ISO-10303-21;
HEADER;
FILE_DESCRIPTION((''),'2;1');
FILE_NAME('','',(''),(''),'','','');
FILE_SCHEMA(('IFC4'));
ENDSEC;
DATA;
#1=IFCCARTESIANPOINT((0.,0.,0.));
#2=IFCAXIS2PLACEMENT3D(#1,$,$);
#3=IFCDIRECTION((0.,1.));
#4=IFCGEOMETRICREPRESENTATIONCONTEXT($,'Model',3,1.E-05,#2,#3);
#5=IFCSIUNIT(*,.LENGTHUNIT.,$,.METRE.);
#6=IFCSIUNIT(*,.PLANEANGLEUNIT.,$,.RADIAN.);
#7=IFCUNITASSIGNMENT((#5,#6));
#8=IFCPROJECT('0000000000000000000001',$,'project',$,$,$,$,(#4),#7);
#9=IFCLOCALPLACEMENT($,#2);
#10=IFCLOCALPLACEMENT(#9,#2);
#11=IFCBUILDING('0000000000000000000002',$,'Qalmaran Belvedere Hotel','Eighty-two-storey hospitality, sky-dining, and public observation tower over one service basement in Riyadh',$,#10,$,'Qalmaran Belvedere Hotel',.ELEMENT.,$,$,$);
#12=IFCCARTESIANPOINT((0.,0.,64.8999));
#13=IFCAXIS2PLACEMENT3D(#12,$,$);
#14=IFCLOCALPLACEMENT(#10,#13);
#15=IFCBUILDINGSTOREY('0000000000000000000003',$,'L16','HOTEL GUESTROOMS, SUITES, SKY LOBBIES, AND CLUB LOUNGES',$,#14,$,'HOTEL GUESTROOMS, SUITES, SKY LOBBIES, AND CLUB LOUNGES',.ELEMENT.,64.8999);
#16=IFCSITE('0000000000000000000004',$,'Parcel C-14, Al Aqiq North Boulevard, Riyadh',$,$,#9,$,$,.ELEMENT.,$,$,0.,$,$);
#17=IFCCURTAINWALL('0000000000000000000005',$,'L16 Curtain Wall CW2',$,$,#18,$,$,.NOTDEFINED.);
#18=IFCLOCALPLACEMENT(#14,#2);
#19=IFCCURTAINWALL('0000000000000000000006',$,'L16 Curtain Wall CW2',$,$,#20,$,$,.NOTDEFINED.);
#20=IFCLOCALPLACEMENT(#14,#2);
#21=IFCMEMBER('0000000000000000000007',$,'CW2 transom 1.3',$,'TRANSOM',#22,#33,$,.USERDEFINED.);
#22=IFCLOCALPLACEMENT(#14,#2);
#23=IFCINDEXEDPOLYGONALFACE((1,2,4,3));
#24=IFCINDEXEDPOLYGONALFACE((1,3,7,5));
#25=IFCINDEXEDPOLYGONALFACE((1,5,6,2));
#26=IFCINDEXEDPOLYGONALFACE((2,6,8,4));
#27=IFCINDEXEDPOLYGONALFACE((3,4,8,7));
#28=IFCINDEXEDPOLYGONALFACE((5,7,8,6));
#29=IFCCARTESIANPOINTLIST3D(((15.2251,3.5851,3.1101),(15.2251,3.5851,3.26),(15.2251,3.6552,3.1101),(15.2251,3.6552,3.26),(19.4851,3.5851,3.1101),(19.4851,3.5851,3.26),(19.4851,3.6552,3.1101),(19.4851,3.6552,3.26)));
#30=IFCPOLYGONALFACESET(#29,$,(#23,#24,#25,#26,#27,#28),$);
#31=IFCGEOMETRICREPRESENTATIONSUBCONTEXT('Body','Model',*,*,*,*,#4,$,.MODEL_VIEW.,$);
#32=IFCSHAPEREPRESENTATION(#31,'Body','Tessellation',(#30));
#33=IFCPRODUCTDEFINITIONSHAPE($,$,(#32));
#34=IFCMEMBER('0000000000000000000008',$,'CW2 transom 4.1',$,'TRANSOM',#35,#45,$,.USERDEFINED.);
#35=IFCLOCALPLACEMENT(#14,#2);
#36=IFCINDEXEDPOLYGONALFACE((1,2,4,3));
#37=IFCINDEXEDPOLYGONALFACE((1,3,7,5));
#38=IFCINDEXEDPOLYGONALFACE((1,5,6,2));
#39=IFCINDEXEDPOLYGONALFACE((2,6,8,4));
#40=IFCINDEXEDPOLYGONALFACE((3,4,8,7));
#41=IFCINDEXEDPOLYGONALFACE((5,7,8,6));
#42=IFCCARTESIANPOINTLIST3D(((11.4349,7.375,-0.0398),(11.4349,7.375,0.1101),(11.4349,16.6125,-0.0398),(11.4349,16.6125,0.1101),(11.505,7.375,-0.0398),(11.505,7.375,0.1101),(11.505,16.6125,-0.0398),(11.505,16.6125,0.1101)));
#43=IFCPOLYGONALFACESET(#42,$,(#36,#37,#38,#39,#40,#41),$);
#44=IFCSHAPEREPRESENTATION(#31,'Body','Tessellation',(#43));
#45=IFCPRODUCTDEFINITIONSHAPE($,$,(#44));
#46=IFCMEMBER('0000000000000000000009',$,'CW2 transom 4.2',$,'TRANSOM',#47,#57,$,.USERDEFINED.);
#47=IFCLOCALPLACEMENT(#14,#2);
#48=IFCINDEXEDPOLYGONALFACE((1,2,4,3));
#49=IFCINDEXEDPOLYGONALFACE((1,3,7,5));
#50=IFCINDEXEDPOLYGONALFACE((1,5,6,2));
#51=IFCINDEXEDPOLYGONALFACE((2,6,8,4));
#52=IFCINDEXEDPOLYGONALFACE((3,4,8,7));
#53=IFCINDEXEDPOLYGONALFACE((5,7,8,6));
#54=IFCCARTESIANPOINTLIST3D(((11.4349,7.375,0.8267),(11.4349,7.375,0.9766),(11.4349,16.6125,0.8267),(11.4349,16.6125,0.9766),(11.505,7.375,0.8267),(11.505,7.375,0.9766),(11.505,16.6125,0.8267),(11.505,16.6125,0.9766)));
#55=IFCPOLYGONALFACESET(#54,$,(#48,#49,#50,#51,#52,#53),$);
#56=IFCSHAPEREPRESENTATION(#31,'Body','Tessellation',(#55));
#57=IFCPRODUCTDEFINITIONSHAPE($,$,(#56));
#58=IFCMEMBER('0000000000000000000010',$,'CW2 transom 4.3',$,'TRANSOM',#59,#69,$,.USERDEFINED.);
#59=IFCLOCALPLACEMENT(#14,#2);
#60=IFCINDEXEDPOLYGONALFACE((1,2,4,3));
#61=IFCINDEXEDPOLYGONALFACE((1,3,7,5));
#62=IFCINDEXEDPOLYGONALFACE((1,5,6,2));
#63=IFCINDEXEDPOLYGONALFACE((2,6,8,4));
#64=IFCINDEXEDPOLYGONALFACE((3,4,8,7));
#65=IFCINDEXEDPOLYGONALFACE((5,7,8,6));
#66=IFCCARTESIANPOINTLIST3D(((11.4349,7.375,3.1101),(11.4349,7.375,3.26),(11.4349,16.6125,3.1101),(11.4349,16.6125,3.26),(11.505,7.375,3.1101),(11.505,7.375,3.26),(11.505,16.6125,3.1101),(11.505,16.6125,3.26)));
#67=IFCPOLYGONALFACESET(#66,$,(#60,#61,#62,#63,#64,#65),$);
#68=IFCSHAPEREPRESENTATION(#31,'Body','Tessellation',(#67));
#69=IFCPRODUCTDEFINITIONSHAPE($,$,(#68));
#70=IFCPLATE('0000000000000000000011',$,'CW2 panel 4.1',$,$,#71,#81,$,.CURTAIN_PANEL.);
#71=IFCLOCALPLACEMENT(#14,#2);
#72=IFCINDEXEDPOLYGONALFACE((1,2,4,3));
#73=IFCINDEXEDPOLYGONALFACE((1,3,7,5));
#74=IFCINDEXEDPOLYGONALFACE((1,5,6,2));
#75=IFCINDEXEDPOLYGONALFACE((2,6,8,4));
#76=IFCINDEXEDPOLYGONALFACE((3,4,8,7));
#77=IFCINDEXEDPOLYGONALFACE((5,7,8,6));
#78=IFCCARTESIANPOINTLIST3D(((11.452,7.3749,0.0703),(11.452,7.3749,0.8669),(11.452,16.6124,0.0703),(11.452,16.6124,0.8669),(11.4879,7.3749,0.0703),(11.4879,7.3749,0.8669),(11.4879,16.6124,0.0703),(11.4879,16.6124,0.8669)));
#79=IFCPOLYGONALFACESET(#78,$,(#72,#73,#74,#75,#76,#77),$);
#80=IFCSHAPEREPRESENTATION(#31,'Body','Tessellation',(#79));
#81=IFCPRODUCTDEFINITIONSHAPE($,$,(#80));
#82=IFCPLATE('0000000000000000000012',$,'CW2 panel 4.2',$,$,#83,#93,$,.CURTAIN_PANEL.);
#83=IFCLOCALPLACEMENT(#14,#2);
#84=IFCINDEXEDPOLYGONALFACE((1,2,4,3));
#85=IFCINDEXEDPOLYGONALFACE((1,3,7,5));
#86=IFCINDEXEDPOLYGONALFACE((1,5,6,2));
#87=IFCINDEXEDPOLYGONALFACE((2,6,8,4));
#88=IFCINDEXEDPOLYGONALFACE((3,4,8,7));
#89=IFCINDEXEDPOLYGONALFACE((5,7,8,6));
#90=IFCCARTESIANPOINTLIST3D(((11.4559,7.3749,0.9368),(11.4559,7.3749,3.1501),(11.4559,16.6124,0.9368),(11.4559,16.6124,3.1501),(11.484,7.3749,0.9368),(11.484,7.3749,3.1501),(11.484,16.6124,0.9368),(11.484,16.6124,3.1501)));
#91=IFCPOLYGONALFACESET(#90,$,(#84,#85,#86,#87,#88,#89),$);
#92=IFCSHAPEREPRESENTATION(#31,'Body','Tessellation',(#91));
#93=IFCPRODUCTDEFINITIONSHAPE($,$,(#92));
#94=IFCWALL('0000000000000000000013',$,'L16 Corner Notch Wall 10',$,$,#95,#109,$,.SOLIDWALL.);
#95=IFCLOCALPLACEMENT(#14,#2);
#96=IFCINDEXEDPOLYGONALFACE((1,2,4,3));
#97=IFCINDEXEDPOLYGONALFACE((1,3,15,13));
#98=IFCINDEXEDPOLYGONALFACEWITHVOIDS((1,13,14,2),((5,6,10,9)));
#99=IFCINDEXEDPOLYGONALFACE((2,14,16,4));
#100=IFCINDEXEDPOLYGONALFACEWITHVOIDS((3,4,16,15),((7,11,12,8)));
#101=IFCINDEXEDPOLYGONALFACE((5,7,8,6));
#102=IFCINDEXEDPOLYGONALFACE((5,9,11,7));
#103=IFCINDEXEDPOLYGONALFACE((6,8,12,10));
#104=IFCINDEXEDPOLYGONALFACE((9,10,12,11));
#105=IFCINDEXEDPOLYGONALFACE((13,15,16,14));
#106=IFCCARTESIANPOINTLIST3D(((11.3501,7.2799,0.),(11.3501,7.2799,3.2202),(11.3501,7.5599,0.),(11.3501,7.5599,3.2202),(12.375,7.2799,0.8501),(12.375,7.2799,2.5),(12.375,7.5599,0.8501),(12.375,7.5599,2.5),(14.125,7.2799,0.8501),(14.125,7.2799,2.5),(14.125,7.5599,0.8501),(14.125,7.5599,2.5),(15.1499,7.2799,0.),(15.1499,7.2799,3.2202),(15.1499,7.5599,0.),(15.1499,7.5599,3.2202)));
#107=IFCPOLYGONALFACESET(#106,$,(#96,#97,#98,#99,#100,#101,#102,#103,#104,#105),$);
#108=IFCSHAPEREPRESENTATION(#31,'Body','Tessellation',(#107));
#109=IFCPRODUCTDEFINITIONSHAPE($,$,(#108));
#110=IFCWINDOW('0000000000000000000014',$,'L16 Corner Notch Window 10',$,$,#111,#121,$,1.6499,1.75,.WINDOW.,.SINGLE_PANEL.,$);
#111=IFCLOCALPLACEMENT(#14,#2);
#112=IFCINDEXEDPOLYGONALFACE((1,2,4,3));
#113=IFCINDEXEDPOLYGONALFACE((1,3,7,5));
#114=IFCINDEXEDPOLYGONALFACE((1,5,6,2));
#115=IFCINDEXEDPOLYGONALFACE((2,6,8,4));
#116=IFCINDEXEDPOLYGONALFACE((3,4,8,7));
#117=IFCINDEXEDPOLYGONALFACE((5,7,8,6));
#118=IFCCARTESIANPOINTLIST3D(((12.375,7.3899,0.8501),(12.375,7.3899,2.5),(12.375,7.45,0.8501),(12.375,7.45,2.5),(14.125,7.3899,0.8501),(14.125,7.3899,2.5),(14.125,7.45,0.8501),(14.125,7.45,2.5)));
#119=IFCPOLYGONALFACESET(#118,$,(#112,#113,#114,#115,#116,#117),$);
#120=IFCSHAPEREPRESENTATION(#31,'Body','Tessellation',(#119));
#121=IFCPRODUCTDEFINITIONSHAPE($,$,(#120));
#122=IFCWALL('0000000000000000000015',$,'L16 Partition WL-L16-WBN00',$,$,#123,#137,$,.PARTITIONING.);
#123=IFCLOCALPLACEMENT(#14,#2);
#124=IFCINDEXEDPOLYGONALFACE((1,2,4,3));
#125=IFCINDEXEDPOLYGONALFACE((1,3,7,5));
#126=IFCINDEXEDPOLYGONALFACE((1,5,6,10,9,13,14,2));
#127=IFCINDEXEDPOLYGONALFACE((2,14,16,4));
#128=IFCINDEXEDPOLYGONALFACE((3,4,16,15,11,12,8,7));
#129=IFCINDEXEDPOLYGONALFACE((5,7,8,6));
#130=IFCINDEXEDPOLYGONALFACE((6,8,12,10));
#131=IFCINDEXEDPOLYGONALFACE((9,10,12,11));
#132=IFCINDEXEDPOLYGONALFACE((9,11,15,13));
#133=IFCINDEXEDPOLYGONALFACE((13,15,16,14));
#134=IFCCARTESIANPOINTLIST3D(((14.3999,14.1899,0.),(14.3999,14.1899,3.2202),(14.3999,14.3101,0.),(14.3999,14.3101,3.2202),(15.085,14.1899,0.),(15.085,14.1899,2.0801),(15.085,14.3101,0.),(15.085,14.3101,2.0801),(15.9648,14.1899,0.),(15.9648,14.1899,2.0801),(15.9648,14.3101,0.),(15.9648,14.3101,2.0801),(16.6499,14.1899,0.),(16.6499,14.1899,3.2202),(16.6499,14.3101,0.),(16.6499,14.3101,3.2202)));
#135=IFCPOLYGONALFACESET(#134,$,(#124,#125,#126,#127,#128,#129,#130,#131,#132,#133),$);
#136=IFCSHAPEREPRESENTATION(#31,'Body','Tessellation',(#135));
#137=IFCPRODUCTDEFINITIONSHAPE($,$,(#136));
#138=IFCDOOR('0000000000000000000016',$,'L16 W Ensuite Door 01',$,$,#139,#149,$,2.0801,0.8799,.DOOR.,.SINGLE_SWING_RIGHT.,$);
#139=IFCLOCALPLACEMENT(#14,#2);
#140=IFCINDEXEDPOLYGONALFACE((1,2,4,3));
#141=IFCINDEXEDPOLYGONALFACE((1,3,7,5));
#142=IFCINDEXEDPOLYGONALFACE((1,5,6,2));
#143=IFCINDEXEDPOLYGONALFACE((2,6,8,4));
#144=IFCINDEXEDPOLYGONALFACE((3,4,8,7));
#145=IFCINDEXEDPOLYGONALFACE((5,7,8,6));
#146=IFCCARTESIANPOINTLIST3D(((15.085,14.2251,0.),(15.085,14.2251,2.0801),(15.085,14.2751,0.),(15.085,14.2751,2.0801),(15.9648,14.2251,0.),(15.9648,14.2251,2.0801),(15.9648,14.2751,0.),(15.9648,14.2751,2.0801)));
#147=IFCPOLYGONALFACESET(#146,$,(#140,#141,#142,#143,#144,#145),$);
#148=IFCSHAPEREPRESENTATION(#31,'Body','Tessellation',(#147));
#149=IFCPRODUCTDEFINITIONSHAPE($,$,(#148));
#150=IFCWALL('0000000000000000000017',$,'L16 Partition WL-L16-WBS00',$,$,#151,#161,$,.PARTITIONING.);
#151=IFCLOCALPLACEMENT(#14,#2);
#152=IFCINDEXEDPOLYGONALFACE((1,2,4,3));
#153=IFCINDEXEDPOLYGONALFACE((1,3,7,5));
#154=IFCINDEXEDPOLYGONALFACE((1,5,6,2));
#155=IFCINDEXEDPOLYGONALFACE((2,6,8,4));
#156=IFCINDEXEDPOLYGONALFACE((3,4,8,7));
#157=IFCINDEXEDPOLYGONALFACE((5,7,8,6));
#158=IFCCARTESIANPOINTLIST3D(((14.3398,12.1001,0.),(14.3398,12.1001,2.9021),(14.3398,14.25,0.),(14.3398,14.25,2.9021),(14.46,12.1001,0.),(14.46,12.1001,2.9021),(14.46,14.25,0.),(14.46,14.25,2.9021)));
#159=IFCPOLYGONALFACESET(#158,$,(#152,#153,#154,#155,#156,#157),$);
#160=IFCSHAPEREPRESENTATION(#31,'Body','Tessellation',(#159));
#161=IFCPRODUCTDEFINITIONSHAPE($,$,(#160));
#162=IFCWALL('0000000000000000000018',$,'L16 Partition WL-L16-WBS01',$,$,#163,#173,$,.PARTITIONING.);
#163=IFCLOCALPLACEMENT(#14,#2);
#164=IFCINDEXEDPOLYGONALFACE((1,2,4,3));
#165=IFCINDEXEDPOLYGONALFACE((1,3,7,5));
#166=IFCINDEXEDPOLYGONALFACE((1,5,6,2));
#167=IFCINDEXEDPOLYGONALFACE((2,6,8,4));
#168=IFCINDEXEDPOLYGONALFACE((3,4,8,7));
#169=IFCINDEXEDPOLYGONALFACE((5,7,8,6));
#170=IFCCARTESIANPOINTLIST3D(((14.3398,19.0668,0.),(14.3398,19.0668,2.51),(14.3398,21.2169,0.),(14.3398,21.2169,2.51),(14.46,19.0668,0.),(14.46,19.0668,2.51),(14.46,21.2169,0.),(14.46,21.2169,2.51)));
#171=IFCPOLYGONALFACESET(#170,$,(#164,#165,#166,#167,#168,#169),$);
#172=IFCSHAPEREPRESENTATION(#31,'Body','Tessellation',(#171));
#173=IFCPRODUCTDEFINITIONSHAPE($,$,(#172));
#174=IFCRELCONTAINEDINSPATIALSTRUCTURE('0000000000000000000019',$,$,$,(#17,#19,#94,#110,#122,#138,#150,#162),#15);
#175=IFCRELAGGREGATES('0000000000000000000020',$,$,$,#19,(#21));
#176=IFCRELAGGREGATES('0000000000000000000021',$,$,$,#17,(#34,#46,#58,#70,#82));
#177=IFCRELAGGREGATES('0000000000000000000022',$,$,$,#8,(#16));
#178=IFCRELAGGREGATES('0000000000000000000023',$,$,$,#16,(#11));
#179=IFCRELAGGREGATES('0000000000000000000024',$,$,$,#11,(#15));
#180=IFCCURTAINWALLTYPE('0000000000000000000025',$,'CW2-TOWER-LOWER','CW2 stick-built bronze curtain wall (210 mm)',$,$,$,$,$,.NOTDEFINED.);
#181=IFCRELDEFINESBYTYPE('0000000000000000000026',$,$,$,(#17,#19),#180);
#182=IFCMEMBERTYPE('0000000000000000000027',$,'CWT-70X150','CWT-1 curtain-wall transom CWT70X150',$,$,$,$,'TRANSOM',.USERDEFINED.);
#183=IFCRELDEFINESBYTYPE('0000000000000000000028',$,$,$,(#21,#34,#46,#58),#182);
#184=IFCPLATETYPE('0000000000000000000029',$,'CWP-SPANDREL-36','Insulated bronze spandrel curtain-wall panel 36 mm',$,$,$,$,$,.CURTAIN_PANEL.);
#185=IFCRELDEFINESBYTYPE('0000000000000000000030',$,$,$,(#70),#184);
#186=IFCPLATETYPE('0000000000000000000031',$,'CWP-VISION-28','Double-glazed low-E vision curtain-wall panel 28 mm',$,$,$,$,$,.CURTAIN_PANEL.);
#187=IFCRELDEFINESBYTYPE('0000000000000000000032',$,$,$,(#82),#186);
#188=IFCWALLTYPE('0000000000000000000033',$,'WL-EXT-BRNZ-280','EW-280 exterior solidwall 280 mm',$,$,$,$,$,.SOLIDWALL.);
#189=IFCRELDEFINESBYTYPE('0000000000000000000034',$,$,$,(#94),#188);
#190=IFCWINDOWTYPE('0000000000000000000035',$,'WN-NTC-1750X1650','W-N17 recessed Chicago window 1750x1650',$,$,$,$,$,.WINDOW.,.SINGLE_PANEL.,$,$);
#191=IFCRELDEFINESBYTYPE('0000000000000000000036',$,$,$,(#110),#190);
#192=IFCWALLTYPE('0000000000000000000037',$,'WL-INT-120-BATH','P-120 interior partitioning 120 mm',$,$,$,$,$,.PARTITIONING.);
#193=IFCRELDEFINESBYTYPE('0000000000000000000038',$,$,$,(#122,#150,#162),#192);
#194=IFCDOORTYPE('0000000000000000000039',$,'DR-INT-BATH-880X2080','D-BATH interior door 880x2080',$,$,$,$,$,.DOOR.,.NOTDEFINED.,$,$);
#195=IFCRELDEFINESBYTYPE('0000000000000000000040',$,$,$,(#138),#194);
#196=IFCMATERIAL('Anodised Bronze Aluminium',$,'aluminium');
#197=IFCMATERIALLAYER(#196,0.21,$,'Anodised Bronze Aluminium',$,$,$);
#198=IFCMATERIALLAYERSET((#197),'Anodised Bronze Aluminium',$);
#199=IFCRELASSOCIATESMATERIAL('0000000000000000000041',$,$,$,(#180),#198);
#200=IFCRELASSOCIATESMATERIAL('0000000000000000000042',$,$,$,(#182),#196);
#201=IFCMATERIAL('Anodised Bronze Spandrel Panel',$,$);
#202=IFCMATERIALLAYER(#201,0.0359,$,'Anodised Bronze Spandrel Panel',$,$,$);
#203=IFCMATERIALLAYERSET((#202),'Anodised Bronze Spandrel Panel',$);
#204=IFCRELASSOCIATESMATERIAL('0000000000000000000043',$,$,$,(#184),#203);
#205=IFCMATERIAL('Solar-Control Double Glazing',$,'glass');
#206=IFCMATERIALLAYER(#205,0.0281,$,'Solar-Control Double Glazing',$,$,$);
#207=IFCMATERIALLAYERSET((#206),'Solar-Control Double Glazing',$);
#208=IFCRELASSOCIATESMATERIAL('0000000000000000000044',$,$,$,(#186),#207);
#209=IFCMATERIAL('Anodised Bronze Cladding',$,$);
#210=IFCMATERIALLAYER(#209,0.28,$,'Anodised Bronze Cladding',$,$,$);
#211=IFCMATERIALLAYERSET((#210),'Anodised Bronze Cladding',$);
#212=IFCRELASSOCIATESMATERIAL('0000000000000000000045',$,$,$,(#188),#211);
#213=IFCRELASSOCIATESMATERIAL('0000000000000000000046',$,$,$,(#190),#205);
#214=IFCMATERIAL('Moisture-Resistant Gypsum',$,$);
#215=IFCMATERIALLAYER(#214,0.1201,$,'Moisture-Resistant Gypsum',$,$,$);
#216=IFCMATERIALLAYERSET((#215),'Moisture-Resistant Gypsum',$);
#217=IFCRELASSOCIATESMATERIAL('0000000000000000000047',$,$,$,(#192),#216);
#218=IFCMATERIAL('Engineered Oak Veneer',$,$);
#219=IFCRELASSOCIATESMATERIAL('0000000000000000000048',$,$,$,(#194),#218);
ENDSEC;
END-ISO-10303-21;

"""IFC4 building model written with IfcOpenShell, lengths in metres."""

from ifc_helpers import new_model, si_unit, direction, frame, frame_2d, origin, origin_2d, place, context, subcontext, project, spatial, rectangle, extrude, material, layer, layer_set, material_profile, profile_set, type_object, element, fill, aggregate, save


model = new_model("IFC4")

# Units and contexts
model_context = context("Model", 3, precision=1e-05, world=origin(), true_north=direction((0.0, 1.0)))
body_context = subcontext(model_context, "Body", "Model", "MODEL_VIEW")
ifc_project = project(units=[si_unit("LENGTHUNIT", "METRE"), si_unit("PLANEANGLEUNIT", "RADIAN")], contexts=[model_context])

# Site, building, storey
site_placement = place(None, origin())
site = spatial("IfcSite", under=ifc_project, at=site_placement, Name="Parcel C-14, Al Aqiq North Boulevard, Riyadh", CompositionType="ELEMENT", RefElevation=0.0)
building_placement = place(site_placement, origin())
building = spatial("IfcBuilding", under=site, at=building_placement, Name="Qalmaran Belvedere Hotel", Description="Eighty-two-storey hospitality, sky-dining, and public observation tower over one service basement in Riyadh", LongName="Qalmaran Belvedere Hotel", CompositionType="ELEMENT")
storey_placement = place(building_placement, frame((0.0, 0.0, 64.8999)))
storey = spatial("IfcBuildingStorey", under=building, at=storey_placement, Name="L16", Description="HOTEL GUESTROOMS, SUITES, SKY LOBBIES, AND CLUB LOUNGES", LongName="HOTEL GUESTROOMS, SUITES, SKY LOBBIES, AND CLUB LOUNGES", CompositionType="ELEMENT", Elevation=64.8999)

# Curtain walls, member
ifc_material_1 = material(Name="Anodised Bronze Aluminium", Category="aluminium")
ifc_layer_1 = layer(ifc_material_1, 0.21, Name="Anodised Bronze Aluminium")
ifc_layer_set_1 = layer_set([ifc_layer_1], Name="Anodised Bronze Aluminium")
curtain_wall_type = type_object("IfcCurtainWallType", Name="CW2-TOWER-LOWER", Description="CW2 stick-built bronze curtain wall (210 mm)", PredefinedType="NOTDEFINED", material=ifc_layer_set_1)
curtain_wall_1_placement = place(storey_placement, origin())
curtain_wall_1 = element("IfcCurtainWall", 1, at=curtain_wall_1_placement, inside=storey, type_object=curtain_wall_type, Name="L16 Curtain Wall CW2", PredefinedType="NOTDEFINED")
curtain_wall_2_placement = place(storey_placement, origin())
curtain_wall_2 = element("IfcCurtainWall", 2, at=curtain_wall_2_placement, inside=storey, type_object=curtain_wall_type, Name="L16 Curtain Wall CW2", PredefinedType="NOTDEFINED")
ifc_material_profile_1 = material_profile(ifc_material_1, rectangle(XDim=0.0701, YDim=0.1499, at=origin_2d()), Name="CWT70X150")
ifc_profile_set_1 = profile_set([ifc_material_profile_1], Name="Anodised Bronze Aluminium")
member_type_1 = type_object("IfcMemberType", Name="CWT-70X150", Description="CWT-1 curtain-wall transom CWT70X150", ElementType="TRANSOM", PredefinedType="USERDEFINED", material=ifc_profile_set_1)
member_1_placement = place(storey_placement, frame((15.2251, 3.6201, 3.1851), z_axis=(1.0, 0.0, 0.0), x_axis=(0.0, 1.0, 0.0)))
member_1 = element("IfcMember", 3, at=member_1_placement, type_object=member_type_1, Name="CW2 transom 1.3", ObjectType="TRANSOM", PredefinedType="USERDEFINED", context=body_context, shape_type="SweptSolid", body=[
    extrude(rectangle(XDim=0.0701, YDim=0.1499, at=origin_2d()), origin(), (0.0, 0.0, 1.0), 4.26),
])
aggregate(curtain_wall_2, [member_1])

# Members
member_2_placement = place(storey_placement, frame((11.47, 16.6125, 0.0352), z_axis=(0.0, -1.0, 0.0), x_axis=(1.0, 0.0, 0.0)))
member_2 = element("IfcMember", 4, at=member_2_placement, type_object=member_type_1, Name="CW2 transom 4.1", ObjectType="TRANSOM", PredefinedType="USERDEFINED", context=body_context, shape_type="SweptSolid", body=[
    extrude(rectangle(XDim=0.0701, YDim=0.1499, at=origin_2d()), origin(), (0.0, 0.0, 1.0), 9.2375),
])
member_3_placement = place(storey_placement, frame((11.47, 16.6125, 0.9016), z_axis=(0.0, -1.0, 0.0), x_axis=(1.0, 0.0, 0.0)))
member_3 = element("IfcMember", 5, at=member_3_placement, type_object=member_type_1, Name="CW2 transom 4.2", ObjectType="TRANSOM", PredefinedType="USERDEFINED", context=body_context, shape_type="SweptSolid", body=[
    extrude(rectangle(XDim=0.0701, YDim=0.1499, at=origin_2d()), origin(), (0.0, 0.0, 1.0), 9.2375),
])
member_4_placement = place(storey_placement, frame((11.47, 16.6125, 3.1851), z_axis=(0.0, -1.0, 0.0), x_axis=(1.0, 0.0, 0.0)))
member_4 = element("IfcMember", 6, at=member_4_placement, type_object=member_type_1, Name="CW2 transom 4.3", ObjectType="TRANSOM", PredefinedType="USERDEFINED", context=body_context, shape_type="SweptSolid", body=[
    extrude(rectangle(XDim=0.0701, YDim=0.1499, at=origin_2d()), origin(), (0.0, 0.0, 1.0), 9.2375),
])

# Plates
ifc_material_2 = material(Name="Anodised Bronze Spandrel Panel")
ifc_layer_2 = layer(ifc_material_2, 0.0359, Name="Anodised Bronze Spandrel Panel")
ifc_layer_set_2 = layer_set([ifc_layer_2], Name="Anodised Bronze Spandrel Panel")
plate_type_1 = type_object("IfcPlateType", Name="CWP-SPANDREL-36", Description="Insulated bronze spandrel curtain-wall panel 36 mm", PredefinedType="CURTAIN_PANEL", material=ifc_layer_set_2)
plate_1_placement = place(storey_placement, frame((11.47, 11.9937, 0.0703), z_axis=(0.0, 0.0, 1.0), x_axis=(0.0, -1.0, 0.0)))
plate_1 = element("IfcPlate", 7, at=plate_1_placement, type_object=plate_type_1, Name="CW2 panel 4.1", PredefinedType="CURTAIN_PANEL", context=body_context, shape_type="SweptSolid", body=[
    extrude(rectangle(XDim=9.2375, YDim=0.0359, at=origin_2d()), origin(), (0.0, 0.0, 1.0), 0.7966),
])
ifc_material_3 = material(Name="Solar-Control Double Glazing", Category="glass")
ifc_layer_3 = layer(ifc_material_3, 0.0281, Name="Solar-Control Double Glazing")
ifc_layer_set_3 = layer_set([ifc_layer_3], Name="Solar-Control Double Glazing")
plate_type_2 = type_object("IfcPlateType", Name="CWP-VISION-28", Description="Double-glazed low-E vision curtain-wall panel 28 mm", PredefinedType="CURTAIN_PANEL", material=ifc_layer_set_3)
plate_2_placement = place(storey_placement, frame((11.47, 11.9937, 0.9368), z_axis=(0.0, 0.0, 1.0), x_axis=(0.0, -1.0, 0.0)))
plate_2 = element("IfcPlate", 8, at=plate_2_placement, type_object=plate_type_2, Name="CW2 panel 4.2", PredefinedType="CURTAIN_PANEL", context=body_context, shape_type="SweptSolid", body=[
    extrude(rectangle(XDim=9.2375, YDim=0.0281, at=origin_2d()), origin(), (0.0, 0.0, 1.0), 2.2134),
])
aggregate(curtain_wall_1, [member_2, member_3, member_4, plate_1, plate_2])

# Wall, opening, window
ifc_material_4 = material(Name="Anodised Bronze Cladding")
ifc_layer_4 = layer(ifc_material_4, 0.28, Name="Anodised Bronze Cladding")
ifc_layer_set_4 = layer_set([ifc_layer_4], Name="Anodised Bronze Cladding")
wall_type_1 = type_object("IfcWallType", Name="WL-EXT-BRNZ-280", Description="EW-280 exterior solidwall 280 mm", PredefinedType="SOLIDWALL", material=ifc_layer_set_4)
wall_1_placement = place(storey_placement, frame((11.3501, 7.4199, 0.0), z_axis=(0.0, 0.0, 1.0), x_axis=(1.0, 0.0, 0.0)))
wall_1 = element("IfcWall", 9, at=wall_1_placement, inside=storey, type_object=wall_type_1, Name="L16 Corner Notch Wall 10", PredefinedType="SOLIDWALL", context=body_context, shape_type="SweptSolid", body=[
    extrude(rectangle(XDim=3.7998, YDim=0.28, at=frame_2d((1.8999, 0.0))), origin(), (0.0, 0.0, 1.0), 3.2202),
])
opening_1_placement = place(wall_1_placement, frame((1.0249, 0.0, 0.8501)))
opening_1 = element("IfcOpeningElement", 10, at=opening_1_placement, cuts=wall_1, PredefinedType="OPENING", context=body_context, shape_type="SweptSolid", body=[
    extrude(rectangle(XDim=1.75, YDim=1.6499, at=frame_2d((0.875, 0.825))), frame((0.0, 0.1499, 0.0), z_axis=(0.0, -1.0, 0.0), x_axis=(1.0, 0.0, 0.0)), (0.0, 0.0, 1.0), 0.3),
])
window_type = type_object("IfcWindowType", Name="WN-NTC-1750X1650", Description="W-N17 recessed Chicago window 1750x1650", PartitioningType="SINGLE_PANEL", PredefinedType="WINDOW", material=ifc_material_3)
window_placement = place(opening_1_placement, origin())
window = element("IfcWindow", 11, at=window_placement, inside=storey, type_object=window_type, Name="L16 Corner Notch Window 10", OverallHeight=1.6499, OverallWidth=1.75, PartitioningType="SINGLE_PANEL", PredefinedType="WINDOW", context=body_context, shape_type="SweptSolid", body=[
    extrude(rectangle(XDim=1.75, YDim=1.6499, at=frame_2d((0.875, 0.825))), frame((0.0, 0.03, 0.0), z_axis=(0.0, -1.0, 0.0), x_axis=(1.0, 0.0, 0.0)), (0.0, 0.0, 1.0), 0.0601),
])
fill(opening_1, window)

# Wall, opening, door
ifc_material_5 = material(Name="Moisture-Resistant Gypsum")
ifc_layer_5 = layer(ifc_material_5, 0.1201, Name="Moisture-Resistant Gypsum")
ifc_layer_set_5 = layer_set([ifc_layer_5], Name="Moisture-Resistant Gypsum")
wall_type_2 = type_object("IfcWallType", Name="WL-INT-120-BATH", Description="P-120 interior partitioning 120 mm", PredefinedType="PARTITIONING", material=ifc_layer_set_5)
wall_2_placement = place(storey_placement, frame((14.3999, 14.25, 0.0), z_axis=(0.0, 0.0, 1.0), x_axis=(1.0, 0.0, 0.0)))
wall_2 = element("IfcWall", 12, at=wall_2_placement, inside=storey, type_object=wall_type_2, Name="L16 Partition WL-L16-WBN00", PredefinedType="PARTITIONING", context=body_context, shape_type="SweptSolid", body=[
    extrude(rectangle(XDim=2.25, YDim=0.1201, at=frame_2d((1.125, 0.0))), origin(), (0.0, 0.0, 1.0), 3.2202),
])
opening_2_placement = place(wall_2_placement, frame((1.5649, 0.0, 0.0), z_axis=(0.0, 0.0, 1.0), x_axis=(-1.0, 0.0, 0.0)))
opening_2 = element("IfcOpeningElement", 13, at=opening_2_placement, cuts=wall_2, PredefinedType="OPENING", context=body_context, shape_type="SweptSolid", body=[
    extrude(rectangle(XDim=0.8799, YDim=2.0801, at=frame_2d((0.4399, 1.04))), frame((0.0, 0.0701, 0.0), z_axis=(0.0, -1.0, 0.0), x_axis=(1.0, 0.0, 0.0)), (0.0, 0.0, 1.0), 0.1401),
])
ifc_material_6 = material(Name="Engineered Oak Veneer")
door_type = type_object("IfcDoorType", Name="DR-INT-BATH-880X2080", Description="D-BATH interior door 880x2080", OperationType="NOTDEFINED", PredefinedType="DOOR", material=ifc_material_6)
door_placement = place(opening_2_placement, origin())
door = element("IfcDoor", 14, at=door_placement, inside=storey, type_object=door_type, Name="L16 W Ensuite Door 01", OperationType="SINGLE_SWING_RIGHT", OverallHeight=2.0801, OverallWidth=0.8799, PredefinedType="DOOR", context=body_context, shape_type="SweptSolid", body=[
    extrude(rectangle(XDim=0.8799, YDim=2.0801, at=frame_2d((0.4399, 1.04))), frame((0.0, 0.0249, 0.0), z_axis=(0.0, -1.0, 0.0), x_axis=(1.0, 0.0, 0.0)), (0.0, 0.0, 1.0), 0.05),
])
fill(opening_2, door)

# Walls
wall_3_placement = place(storey_placement, frame((14.3999, 12.1001, 0.0), z_axis=(0.0, 0.0, 1.0), x_axis=(0.0, 1.0, 0.0)))
element("IfcWall", 15, at=wall_3_placement, inside=storey, type_object=wall_type_2, Name="L16 Partition WL-L16-WBS00", PredefinedType="PARTITIONING", context=body_context, shape_type="SweptSolid", body=[
    extrude(rectangle(XDim=2.1499, YDim=0.1201, at=frame_2d((1.075, 0.0))), origin(), (0.0, 0.0, 1.0), 2.9021),
])
wall_4_placement = place(storey_placement, frame((14.3999, 19.0667, 0.0), z_axis=(0.0, 0.0, 1.0), x_axis=(0.0, 1.0, 0.0)))
element("IfcWall", 16, at=wall_4_placement, inside=storey, type_object=wall_type_2, Name="L16 Partition WL-L16-WBS01", PredefinedType="PARTITIONING", context=body_context, shape_type="SweptSolid", body=[
    extrude(rectangle(XDim=2.1501, YDim=0.1201, at=frame_2d((1.0752, 0.0))), origin(), (0.0, 0.0, 1.0), 2.51),
])

save(model, "model.ifc")
